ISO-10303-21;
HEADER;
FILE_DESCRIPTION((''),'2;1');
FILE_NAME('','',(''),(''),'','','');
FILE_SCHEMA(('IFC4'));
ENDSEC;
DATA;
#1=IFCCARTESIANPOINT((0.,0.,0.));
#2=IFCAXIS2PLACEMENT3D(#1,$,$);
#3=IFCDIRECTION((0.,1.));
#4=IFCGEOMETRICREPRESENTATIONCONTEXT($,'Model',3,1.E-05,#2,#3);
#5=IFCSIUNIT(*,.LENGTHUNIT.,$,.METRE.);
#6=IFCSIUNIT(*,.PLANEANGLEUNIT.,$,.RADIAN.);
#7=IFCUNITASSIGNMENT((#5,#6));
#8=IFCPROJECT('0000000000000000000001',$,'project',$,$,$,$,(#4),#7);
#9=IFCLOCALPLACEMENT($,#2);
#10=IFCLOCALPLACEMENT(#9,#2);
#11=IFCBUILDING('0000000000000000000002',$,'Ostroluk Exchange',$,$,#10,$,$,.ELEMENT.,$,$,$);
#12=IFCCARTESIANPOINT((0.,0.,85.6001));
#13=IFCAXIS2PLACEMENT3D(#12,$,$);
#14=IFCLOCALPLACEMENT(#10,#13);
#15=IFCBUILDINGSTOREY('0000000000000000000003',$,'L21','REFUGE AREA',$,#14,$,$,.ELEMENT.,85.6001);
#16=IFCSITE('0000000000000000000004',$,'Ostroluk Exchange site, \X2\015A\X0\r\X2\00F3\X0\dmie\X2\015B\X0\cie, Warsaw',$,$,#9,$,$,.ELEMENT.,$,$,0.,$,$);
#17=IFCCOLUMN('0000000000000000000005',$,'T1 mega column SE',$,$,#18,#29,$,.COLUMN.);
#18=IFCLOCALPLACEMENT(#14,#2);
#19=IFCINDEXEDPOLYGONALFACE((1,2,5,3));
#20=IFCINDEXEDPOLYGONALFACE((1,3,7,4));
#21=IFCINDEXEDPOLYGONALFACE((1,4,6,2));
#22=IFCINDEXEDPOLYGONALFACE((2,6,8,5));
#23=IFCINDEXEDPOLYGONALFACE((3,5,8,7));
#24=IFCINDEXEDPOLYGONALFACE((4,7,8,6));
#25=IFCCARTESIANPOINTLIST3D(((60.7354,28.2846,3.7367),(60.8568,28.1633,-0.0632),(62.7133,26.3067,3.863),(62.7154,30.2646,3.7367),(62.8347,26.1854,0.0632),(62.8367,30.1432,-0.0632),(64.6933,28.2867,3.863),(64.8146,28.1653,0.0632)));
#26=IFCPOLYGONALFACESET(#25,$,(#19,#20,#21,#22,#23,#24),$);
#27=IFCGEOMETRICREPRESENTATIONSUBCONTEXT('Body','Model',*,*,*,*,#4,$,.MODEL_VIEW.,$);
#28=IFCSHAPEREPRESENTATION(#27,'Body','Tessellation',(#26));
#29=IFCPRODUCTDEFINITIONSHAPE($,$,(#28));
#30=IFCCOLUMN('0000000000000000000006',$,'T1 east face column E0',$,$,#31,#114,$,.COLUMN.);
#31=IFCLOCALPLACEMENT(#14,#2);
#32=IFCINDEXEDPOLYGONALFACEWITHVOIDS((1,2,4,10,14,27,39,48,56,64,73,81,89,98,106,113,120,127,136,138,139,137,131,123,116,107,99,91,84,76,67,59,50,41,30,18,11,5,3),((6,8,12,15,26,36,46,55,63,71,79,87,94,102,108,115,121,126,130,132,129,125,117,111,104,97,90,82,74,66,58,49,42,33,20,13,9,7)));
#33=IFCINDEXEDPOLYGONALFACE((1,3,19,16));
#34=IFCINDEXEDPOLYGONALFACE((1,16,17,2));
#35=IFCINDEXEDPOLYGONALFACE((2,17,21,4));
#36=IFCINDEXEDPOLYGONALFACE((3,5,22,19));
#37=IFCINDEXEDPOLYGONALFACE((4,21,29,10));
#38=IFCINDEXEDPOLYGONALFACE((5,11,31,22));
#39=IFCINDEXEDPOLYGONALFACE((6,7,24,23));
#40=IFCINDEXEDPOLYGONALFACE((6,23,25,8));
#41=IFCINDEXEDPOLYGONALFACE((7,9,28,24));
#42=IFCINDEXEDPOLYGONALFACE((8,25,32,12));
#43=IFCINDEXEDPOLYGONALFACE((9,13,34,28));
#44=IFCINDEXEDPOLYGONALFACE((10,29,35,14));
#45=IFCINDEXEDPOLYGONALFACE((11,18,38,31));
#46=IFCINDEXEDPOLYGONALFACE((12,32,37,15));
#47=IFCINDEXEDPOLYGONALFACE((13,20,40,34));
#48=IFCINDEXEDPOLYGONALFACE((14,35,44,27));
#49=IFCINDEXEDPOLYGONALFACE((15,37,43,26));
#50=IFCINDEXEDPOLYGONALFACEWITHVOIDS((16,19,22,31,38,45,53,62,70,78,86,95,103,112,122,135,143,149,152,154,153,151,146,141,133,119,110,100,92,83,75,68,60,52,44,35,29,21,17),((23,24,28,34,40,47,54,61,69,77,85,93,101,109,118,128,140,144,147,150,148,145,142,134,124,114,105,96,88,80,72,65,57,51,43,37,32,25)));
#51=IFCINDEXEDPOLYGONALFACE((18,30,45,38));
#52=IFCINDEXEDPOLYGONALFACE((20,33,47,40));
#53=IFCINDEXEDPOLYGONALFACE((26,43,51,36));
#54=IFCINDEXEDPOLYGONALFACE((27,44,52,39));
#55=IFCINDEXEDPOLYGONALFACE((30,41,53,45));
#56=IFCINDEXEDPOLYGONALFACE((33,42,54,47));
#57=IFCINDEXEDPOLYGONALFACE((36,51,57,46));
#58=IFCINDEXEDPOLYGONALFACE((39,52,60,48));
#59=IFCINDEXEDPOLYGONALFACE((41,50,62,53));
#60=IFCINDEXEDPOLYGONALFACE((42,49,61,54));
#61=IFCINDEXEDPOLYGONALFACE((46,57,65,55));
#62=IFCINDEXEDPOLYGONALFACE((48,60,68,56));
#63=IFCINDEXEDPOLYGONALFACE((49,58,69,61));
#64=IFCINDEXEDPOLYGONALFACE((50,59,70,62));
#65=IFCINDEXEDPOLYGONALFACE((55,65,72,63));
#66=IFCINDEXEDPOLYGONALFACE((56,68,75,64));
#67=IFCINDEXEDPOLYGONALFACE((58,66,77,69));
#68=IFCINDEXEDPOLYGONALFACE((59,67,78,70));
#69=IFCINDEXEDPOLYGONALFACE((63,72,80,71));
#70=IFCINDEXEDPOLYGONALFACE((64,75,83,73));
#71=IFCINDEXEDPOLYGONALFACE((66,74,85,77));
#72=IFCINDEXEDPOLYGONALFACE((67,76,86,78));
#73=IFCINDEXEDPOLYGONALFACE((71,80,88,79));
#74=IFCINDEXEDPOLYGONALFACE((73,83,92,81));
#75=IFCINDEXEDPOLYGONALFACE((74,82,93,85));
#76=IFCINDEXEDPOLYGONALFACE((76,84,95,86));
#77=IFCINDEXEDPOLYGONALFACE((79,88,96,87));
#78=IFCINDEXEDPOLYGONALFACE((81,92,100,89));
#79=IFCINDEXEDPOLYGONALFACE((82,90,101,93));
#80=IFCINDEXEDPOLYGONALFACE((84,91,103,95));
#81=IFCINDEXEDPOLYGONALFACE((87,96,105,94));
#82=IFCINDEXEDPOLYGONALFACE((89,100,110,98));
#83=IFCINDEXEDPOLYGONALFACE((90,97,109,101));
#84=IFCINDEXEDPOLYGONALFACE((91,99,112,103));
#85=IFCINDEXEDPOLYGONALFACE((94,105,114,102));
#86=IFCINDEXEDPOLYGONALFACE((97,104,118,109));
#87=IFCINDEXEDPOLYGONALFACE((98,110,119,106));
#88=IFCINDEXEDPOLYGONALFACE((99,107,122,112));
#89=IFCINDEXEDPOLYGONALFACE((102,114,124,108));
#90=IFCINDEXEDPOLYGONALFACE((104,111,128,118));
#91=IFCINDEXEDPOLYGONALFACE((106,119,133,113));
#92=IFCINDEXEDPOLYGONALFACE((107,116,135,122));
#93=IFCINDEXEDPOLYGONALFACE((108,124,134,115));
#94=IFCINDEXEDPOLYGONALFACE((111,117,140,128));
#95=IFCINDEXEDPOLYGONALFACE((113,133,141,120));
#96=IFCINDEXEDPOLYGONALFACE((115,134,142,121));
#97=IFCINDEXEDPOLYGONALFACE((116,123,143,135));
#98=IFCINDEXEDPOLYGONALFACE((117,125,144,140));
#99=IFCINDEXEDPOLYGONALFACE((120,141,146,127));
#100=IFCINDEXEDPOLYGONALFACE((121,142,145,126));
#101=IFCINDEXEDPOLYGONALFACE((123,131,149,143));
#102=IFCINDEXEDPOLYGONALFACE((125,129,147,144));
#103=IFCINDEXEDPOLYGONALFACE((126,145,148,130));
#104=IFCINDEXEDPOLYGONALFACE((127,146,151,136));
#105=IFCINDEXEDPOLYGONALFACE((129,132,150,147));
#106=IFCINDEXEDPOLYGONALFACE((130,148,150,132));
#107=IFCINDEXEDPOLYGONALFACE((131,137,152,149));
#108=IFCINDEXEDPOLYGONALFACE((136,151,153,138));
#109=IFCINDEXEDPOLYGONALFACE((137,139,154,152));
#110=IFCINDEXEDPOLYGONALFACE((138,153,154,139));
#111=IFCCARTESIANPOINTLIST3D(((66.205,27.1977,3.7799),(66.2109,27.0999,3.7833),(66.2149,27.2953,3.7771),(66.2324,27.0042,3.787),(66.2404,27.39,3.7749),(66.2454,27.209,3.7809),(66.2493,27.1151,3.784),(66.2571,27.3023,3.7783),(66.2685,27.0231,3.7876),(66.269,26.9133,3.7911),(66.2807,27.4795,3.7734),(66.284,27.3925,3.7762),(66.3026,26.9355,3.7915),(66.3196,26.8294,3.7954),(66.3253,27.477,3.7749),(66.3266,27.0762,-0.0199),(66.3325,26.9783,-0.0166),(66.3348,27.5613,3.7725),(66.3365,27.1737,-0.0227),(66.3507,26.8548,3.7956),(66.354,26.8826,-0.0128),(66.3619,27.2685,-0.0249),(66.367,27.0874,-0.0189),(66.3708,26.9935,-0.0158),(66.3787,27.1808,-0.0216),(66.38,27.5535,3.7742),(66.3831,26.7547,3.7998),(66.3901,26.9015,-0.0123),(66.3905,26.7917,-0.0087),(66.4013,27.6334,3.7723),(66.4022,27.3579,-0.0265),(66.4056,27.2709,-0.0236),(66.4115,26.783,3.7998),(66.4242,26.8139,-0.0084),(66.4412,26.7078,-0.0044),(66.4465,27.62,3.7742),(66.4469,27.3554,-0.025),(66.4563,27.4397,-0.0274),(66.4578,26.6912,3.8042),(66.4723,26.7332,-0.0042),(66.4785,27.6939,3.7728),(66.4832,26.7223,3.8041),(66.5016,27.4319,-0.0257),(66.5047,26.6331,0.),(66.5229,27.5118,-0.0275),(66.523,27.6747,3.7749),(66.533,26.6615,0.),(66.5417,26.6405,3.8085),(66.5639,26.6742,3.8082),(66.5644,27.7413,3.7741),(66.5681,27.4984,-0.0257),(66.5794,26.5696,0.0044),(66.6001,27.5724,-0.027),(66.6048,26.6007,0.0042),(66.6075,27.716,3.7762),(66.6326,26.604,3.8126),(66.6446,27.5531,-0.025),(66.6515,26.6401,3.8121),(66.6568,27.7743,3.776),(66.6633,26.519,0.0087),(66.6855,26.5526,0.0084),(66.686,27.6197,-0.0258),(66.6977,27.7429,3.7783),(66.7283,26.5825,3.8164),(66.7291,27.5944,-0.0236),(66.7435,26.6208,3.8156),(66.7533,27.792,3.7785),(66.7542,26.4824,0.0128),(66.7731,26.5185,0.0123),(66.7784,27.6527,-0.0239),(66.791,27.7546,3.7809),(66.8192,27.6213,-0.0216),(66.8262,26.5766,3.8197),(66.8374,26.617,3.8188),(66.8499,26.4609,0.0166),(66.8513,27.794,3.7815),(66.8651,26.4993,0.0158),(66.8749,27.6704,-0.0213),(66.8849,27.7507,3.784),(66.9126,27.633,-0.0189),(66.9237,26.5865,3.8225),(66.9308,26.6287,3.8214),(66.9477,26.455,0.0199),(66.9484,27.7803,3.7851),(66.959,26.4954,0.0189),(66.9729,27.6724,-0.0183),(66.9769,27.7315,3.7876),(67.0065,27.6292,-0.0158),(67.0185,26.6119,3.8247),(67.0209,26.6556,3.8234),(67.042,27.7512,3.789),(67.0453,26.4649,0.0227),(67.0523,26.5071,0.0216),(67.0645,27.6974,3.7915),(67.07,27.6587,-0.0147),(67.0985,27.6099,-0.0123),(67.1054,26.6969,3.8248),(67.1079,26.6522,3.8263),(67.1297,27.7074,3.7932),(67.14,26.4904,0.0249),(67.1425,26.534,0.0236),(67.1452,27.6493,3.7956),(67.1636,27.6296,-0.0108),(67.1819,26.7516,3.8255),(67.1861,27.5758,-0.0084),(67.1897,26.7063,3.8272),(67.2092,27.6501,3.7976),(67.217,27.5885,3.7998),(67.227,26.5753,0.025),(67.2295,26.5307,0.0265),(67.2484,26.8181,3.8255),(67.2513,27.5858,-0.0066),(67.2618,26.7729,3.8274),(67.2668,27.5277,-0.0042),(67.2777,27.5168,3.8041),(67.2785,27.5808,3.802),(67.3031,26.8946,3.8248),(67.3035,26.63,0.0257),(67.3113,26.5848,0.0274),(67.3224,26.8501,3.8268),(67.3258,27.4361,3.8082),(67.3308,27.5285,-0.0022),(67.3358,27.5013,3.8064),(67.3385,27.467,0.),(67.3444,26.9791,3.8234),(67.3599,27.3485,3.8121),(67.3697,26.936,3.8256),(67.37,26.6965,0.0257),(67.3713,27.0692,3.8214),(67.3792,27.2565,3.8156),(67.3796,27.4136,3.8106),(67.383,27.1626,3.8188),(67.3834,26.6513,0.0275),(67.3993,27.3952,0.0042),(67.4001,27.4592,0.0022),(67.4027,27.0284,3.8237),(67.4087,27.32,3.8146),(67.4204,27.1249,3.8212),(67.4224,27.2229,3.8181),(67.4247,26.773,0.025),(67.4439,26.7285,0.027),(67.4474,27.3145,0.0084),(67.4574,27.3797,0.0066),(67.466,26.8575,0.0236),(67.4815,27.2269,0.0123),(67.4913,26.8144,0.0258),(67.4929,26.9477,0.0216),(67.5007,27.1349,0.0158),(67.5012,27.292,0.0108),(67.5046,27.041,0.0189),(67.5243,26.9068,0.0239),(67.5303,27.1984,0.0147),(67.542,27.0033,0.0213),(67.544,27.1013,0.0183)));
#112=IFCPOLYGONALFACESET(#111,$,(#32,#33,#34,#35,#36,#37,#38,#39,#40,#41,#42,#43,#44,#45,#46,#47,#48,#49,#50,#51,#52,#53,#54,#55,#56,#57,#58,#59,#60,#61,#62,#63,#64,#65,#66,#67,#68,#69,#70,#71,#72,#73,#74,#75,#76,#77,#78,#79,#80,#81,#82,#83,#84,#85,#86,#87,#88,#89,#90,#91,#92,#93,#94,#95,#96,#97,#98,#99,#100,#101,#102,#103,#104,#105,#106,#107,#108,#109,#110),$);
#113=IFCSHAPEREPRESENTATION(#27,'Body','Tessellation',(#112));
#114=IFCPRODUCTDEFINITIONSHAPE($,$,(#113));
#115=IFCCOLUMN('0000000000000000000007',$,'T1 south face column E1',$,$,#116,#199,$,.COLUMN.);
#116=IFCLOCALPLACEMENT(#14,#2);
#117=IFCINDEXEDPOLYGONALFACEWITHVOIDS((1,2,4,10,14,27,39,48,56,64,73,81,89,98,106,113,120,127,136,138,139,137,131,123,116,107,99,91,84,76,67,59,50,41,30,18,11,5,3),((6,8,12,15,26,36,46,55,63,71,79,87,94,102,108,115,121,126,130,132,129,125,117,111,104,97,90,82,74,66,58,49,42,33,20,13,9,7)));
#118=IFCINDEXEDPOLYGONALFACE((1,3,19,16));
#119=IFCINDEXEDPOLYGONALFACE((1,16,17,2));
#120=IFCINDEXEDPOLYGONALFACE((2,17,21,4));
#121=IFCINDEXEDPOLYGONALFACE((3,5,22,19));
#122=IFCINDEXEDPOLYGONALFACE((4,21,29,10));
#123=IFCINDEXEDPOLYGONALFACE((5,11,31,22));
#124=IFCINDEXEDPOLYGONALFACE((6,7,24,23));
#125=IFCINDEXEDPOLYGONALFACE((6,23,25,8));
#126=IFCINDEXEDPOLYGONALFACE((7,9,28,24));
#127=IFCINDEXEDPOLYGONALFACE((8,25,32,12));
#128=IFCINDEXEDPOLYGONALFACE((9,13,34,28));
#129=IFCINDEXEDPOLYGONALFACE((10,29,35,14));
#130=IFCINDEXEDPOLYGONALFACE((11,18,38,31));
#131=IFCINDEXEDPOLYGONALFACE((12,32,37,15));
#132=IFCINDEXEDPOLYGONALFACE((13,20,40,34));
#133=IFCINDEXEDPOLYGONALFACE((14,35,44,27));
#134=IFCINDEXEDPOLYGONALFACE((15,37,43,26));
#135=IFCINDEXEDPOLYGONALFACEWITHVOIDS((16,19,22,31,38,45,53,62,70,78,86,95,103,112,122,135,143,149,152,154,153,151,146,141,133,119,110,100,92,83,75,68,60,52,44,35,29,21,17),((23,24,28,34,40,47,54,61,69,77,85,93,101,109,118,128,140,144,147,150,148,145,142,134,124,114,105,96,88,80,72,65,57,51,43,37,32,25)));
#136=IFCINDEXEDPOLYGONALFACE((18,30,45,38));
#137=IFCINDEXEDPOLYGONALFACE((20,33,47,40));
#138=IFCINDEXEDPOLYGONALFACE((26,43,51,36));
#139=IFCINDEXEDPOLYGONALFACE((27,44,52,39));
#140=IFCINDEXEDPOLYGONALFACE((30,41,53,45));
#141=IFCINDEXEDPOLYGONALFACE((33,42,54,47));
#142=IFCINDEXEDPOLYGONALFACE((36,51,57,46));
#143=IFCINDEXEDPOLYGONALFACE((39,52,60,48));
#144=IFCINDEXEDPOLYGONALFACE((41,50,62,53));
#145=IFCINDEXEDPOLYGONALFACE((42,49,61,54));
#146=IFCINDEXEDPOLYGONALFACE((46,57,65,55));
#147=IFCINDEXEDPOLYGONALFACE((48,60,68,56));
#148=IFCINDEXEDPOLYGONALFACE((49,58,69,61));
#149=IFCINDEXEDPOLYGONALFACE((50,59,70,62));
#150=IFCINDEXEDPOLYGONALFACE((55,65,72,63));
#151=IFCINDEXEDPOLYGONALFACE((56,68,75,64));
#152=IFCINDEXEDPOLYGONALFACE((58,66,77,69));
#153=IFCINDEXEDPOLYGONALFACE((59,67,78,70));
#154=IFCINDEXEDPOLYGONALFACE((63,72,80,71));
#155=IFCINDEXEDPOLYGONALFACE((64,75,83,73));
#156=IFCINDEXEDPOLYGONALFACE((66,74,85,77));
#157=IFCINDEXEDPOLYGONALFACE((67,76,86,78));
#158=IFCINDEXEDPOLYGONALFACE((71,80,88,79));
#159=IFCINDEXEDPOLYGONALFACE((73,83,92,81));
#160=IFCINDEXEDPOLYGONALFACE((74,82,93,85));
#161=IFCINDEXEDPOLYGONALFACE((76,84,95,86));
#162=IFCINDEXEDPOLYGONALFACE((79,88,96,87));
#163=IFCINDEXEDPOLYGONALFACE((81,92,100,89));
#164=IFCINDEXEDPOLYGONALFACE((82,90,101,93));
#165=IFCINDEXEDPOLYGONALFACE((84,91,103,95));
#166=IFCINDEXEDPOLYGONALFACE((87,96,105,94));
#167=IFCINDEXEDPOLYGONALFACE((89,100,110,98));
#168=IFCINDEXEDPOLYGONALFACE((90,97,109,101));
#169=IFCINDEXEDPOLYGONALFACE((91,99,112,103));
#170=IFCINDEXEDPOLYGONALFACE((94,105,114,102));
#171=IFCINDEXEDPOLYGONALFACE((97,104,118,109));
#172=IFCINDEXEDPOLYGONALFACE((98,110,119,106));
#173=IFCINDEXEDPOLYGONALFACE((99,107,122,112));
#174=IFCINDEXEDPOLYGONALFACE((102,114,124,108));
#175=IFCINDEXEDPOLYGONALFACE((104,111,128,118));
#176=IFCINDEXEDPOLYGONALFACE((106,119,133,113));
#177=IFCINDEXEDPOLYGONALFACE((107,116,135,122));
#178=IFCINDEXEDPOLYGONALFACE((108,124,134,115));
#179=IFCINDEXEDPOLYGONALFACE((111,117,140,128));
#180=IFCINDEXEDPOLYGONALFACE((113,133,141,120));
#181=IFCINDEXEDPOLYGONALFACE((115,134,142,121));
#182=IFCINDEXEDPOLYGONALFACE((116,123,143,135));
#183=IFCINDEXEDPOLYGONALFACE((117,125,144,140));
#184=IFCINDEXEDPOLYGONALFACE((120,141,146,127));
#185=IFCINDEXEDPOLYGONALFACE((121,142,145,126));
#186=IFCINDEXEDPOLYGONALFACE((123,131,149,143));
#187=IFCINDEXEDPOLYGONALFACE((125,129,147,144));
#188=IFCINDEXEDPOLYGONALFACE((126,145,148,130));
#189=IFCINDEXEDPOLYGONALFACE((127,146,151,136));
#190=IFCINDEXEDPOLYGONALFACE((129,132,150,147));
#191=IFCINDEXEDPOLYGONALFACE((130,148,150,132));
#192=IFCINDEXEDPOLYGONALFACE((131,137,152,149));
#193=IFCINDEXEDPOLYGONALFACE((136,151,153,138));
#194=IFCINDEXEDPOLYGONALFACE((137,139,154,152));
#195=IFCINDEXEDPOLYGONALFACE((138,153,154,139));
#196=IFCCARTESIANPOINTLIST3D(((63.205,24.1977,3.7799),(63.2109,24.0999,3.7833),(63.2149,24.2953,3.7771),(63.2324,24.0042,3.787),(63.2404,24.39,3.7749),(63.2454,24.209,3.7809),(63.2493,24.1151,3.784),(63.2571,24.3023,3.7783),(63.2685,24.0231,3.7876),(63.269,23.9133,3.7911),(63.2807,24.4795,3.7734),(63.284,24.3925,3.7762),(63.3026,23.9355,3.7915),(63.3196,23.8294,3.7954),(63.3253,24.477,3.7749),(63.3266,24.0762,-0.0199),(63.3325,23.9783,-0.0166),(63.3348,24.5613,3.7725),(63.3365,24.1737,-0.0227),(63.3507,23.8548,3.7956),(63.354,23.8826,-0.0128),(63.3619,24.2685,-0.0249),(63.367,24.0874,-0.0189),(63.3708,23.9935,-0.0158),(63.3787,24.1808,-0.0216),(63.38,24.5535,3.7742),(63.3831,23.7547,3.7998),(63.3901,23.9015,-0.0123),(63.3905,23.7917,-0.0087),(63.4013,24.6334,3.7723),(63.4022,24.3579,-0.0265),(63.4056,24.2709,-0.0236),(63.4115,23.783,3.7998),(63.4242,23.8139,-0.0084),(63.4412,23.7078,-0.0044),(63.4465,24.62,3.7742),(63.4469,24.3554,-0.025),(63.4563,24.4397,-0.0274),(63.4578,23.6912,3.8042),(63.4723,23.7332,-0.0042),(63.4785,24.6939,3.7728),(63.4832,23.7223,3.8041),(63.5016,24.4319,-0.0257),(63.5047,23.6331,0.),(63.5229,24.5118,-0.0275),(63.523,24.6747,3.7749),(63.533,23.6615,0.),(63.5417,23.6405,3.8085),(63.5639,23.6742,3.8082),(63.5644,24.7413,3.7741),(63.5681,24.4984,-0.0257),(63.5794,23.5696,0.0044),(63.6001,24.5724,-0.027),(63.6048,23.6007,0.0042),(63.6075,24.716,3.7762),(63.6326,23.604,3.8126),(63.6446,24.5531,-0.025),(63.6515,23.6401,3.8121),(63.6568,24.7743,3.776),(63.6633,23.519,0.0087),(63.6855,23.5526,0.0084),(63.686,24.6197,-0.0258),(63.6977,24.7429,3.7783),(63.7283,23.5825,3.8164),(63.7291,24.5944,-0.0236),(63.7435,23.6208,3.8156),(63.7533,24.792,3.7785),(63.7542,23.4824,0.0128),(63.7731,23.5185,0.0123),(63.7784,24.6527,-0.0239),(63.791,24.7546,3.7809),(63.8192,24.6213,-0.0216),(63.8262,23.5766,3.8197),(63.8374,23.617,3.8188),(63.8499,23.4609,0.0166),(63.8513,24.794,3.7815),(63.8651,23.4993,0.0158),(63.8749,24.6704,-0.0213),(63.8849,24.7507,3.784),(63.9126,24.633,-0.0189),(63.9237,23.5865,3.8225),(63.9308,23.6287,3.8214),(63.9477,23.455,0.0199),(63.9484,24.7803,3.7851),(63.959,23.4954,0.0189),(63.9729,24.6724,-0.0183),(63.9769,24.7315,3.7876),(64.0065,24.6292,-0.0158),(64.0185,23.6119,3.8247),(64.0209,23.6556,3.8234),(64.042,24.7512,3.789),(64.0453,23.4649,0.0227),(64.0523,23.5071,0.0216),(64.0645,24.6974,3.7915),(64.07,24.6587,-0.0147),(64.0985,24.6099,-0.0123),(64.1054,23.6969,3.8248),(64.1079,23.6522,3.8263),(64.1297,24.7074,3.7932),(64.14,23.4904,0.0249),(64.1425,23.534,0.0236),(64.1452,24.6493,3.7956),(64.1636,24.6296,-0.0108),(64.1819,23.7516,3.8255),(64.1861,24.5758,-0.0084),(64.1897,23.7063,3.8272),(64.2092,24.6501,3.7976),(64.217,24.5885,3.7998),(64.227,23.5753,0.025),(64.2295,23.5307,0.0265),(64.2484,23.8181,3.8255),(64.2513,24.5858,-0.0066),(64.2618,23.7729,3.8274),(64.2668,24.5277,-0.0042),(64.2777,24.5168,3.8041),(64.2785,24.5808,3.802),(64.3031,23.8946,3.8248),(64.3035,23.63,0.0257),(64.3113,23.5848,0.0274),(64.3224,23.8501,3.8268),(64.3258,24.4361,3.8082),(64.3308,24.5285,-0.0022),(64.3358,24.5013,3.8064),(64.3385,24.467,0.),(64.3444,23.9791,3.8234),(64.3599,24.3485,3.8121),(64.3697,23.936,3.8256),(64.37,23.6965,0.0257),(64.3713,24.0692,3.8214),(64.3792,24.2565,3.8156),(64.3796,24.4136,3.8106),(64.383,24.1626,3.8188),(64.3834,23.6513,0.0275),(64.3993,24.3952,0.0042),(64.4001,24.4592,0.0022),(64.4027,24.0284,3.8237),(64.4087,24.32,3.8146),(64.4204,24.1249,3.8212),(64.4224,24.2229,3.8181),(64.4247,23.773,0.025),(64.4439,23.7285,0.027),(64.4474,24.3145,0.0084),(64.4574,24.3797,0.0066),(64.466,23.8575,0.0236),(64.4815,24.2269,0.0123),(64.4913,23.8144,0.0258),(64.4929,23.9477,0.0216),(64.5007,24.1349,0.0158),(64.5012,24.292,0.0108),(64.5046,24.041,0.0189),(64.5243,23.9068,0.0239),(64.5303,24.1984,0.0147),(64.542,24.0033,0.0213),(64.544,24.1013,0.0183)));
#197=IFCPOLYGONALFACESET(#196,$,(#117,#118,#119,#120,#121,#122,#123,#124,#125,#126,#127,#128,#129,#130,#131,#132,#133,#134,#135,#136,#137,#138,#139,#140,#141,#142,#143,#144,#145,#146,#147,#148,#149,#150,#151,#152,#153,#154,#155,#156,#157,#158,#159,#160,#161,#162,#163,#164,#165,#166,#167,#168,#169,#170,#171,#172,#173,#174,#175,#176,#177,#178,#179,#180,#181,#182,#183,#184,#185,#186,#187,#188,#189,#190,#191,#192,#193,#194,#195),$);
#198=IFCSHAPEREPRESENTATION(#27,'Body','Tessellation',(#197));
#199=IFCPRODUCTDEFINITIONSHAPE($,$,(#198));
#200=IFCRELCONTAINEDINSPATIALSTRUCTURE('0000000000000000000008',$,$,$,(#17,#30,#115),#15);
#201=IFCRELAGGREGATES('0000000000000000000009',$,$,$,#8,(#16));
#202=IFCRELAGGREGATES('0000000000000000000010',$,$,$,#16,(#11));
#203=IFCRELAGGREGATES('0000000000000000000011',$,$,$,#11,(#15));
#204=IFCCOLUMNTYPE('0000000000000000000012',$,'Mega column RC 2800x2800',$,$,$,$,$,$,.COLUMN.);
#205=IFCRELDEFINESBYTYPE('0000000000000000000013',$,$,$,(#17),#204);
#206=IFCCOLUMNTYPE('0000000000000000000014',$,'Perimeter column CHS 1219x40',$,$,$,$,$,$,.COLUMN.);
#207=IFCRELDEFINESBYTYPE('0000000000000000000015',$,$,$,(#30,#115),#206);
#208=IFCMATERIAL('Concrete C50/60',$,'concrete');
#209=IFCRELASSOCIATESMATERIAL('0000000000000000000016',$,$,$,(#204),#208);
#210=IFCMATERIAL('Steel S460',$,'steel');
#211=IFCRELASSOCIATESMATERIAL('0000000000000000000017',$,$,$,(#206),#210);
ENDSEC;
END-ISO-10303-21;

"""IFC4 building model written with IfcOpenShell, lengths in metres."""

from ifc_helpers import new_model, si_unit, direction, frame, origin, origin_2d, place, context, subcontext, project, spatial, rectangle, hollow_circle, extrude, material, material_profile, profile_set, type_object, element, save


model = new_model("IFC4")

# Units and contexts
model_context = context("Model", 3, precision=1e-05, world=origin(), true_north=direction((0.0, 1.0)))
body_context = subcontext(model_context, "Body", "Model", "MODEL_VIEW")
ifc_project = project(units=[si_unit("LENGTHUNIT", "METRE"), si_unit("PLANEANGLEUNIT", "RADIAN")], contexts=[model_context])

# Site, building, storey
site_placement = place(None, origin())
site = spatial("IfcSite", under=ifc_project, at=site_placement, Name="Ostroluk Exchange site, Śródmieście, Warsaw", CompositionType="ELEMENT", RefElevation=0.0)
building_placement = place(site_placement, origin())
building = spatial("IfcBuilding", under=site, at=building_placement, Name="Ostroluk Exchange", CompositionType="ELEMENT")
storey_placement = place(building_placement, frame((0.0, 0.0, 85.6001)))
storey = spatial("IfcBuildingStorey", under=building, at=storey_placement, Name="L21", Description="REFUGE AREA", CompositionType="ELEMENT", Elevation=85.6001)

# Columns
ifc_material_1 = material(Name="Concrete C50/60", Category="concrete")
ifc_material_profile_1 = material_profile(ifc_material_1, rectangle(XDim=2.8, YDim=2.8, at=origin_2d()), Name="RC 2800x2800")
ifc_profile_set_1 = profile_set([ifc_material_profile_1], Name="Concrete C50/60")
column_type_1 = type_object("IfcColumnType", Name="Mega column RC 2800x2800", PredefinedType="COLUMN", material=ifc_profile_set_1)
column_placement = place(storey_placement, frame((62.8357, 28.1643, 0.0), z_axis=(-0.0319, 0.0319, 0.998982), x_axis=(-0.707107, -0.707107, 0.0)))
element("IfcColumn", 1, at=column_placement, inside=storey, type_object=column_type_1, Name="T1 mega column SE", PredefinedType="COLUMN", context=body_context, shape_type="SweptSolid", body=[
    extrude(rectangle(XDim=2.8, YDim=2.8, at=origin_2d()), origin(), (0.0, 0.0, 1.0), 3.8037),
])
ifc_material_2 = material(Name="Steel S460", Category="steel")
ifc_material_profile_2 = material_profile(ifc_material_2, hollow_circle(Radius=0.6096, WallThickness=0.04, at=origin_2d()), Name="CHS 1219x40")
ifc_profile_set_2 = profile_set([ifc_material_profile_2], Name="Steel S460")
column_type_2 = type_object("IfcColumnType", Name="Perimeter column CHS 1219x40", PredefinedType="COLUMN", material=ifc_profile_set_2)
for number, where, z_axis, x_axis, name in (
    (2, (66.9358, 27.0642, 0.0), (-0.031964, 0.031964, 0.998978), (-0.707107, -0.707107, 0.0), "T1 east face column E0"),
    (3, (63.9358, 24.0642, 0.0), (-0.031964, 0.031964, 0.998978), (-0.707107, -0.707107, 0.0), "T1 south face column E1"),
):
    element("IfcColumn", number, at=place(storey_placement, frame(where, z_axis=z_axis, x_axis=x_axis)), inside=storey, type_object=column_type_2, Name=name, PredefinedType="COLUMN", context=body_context, shape_type="SweptSolid", body=[
        extrude(hollow_circle(Radius=0.6096, WallThickness=0.04, at=origin_2d()), origin(), (0.0, 0.0, 1.0), 3.8037),
    ])

save(model, "model.ifc")
